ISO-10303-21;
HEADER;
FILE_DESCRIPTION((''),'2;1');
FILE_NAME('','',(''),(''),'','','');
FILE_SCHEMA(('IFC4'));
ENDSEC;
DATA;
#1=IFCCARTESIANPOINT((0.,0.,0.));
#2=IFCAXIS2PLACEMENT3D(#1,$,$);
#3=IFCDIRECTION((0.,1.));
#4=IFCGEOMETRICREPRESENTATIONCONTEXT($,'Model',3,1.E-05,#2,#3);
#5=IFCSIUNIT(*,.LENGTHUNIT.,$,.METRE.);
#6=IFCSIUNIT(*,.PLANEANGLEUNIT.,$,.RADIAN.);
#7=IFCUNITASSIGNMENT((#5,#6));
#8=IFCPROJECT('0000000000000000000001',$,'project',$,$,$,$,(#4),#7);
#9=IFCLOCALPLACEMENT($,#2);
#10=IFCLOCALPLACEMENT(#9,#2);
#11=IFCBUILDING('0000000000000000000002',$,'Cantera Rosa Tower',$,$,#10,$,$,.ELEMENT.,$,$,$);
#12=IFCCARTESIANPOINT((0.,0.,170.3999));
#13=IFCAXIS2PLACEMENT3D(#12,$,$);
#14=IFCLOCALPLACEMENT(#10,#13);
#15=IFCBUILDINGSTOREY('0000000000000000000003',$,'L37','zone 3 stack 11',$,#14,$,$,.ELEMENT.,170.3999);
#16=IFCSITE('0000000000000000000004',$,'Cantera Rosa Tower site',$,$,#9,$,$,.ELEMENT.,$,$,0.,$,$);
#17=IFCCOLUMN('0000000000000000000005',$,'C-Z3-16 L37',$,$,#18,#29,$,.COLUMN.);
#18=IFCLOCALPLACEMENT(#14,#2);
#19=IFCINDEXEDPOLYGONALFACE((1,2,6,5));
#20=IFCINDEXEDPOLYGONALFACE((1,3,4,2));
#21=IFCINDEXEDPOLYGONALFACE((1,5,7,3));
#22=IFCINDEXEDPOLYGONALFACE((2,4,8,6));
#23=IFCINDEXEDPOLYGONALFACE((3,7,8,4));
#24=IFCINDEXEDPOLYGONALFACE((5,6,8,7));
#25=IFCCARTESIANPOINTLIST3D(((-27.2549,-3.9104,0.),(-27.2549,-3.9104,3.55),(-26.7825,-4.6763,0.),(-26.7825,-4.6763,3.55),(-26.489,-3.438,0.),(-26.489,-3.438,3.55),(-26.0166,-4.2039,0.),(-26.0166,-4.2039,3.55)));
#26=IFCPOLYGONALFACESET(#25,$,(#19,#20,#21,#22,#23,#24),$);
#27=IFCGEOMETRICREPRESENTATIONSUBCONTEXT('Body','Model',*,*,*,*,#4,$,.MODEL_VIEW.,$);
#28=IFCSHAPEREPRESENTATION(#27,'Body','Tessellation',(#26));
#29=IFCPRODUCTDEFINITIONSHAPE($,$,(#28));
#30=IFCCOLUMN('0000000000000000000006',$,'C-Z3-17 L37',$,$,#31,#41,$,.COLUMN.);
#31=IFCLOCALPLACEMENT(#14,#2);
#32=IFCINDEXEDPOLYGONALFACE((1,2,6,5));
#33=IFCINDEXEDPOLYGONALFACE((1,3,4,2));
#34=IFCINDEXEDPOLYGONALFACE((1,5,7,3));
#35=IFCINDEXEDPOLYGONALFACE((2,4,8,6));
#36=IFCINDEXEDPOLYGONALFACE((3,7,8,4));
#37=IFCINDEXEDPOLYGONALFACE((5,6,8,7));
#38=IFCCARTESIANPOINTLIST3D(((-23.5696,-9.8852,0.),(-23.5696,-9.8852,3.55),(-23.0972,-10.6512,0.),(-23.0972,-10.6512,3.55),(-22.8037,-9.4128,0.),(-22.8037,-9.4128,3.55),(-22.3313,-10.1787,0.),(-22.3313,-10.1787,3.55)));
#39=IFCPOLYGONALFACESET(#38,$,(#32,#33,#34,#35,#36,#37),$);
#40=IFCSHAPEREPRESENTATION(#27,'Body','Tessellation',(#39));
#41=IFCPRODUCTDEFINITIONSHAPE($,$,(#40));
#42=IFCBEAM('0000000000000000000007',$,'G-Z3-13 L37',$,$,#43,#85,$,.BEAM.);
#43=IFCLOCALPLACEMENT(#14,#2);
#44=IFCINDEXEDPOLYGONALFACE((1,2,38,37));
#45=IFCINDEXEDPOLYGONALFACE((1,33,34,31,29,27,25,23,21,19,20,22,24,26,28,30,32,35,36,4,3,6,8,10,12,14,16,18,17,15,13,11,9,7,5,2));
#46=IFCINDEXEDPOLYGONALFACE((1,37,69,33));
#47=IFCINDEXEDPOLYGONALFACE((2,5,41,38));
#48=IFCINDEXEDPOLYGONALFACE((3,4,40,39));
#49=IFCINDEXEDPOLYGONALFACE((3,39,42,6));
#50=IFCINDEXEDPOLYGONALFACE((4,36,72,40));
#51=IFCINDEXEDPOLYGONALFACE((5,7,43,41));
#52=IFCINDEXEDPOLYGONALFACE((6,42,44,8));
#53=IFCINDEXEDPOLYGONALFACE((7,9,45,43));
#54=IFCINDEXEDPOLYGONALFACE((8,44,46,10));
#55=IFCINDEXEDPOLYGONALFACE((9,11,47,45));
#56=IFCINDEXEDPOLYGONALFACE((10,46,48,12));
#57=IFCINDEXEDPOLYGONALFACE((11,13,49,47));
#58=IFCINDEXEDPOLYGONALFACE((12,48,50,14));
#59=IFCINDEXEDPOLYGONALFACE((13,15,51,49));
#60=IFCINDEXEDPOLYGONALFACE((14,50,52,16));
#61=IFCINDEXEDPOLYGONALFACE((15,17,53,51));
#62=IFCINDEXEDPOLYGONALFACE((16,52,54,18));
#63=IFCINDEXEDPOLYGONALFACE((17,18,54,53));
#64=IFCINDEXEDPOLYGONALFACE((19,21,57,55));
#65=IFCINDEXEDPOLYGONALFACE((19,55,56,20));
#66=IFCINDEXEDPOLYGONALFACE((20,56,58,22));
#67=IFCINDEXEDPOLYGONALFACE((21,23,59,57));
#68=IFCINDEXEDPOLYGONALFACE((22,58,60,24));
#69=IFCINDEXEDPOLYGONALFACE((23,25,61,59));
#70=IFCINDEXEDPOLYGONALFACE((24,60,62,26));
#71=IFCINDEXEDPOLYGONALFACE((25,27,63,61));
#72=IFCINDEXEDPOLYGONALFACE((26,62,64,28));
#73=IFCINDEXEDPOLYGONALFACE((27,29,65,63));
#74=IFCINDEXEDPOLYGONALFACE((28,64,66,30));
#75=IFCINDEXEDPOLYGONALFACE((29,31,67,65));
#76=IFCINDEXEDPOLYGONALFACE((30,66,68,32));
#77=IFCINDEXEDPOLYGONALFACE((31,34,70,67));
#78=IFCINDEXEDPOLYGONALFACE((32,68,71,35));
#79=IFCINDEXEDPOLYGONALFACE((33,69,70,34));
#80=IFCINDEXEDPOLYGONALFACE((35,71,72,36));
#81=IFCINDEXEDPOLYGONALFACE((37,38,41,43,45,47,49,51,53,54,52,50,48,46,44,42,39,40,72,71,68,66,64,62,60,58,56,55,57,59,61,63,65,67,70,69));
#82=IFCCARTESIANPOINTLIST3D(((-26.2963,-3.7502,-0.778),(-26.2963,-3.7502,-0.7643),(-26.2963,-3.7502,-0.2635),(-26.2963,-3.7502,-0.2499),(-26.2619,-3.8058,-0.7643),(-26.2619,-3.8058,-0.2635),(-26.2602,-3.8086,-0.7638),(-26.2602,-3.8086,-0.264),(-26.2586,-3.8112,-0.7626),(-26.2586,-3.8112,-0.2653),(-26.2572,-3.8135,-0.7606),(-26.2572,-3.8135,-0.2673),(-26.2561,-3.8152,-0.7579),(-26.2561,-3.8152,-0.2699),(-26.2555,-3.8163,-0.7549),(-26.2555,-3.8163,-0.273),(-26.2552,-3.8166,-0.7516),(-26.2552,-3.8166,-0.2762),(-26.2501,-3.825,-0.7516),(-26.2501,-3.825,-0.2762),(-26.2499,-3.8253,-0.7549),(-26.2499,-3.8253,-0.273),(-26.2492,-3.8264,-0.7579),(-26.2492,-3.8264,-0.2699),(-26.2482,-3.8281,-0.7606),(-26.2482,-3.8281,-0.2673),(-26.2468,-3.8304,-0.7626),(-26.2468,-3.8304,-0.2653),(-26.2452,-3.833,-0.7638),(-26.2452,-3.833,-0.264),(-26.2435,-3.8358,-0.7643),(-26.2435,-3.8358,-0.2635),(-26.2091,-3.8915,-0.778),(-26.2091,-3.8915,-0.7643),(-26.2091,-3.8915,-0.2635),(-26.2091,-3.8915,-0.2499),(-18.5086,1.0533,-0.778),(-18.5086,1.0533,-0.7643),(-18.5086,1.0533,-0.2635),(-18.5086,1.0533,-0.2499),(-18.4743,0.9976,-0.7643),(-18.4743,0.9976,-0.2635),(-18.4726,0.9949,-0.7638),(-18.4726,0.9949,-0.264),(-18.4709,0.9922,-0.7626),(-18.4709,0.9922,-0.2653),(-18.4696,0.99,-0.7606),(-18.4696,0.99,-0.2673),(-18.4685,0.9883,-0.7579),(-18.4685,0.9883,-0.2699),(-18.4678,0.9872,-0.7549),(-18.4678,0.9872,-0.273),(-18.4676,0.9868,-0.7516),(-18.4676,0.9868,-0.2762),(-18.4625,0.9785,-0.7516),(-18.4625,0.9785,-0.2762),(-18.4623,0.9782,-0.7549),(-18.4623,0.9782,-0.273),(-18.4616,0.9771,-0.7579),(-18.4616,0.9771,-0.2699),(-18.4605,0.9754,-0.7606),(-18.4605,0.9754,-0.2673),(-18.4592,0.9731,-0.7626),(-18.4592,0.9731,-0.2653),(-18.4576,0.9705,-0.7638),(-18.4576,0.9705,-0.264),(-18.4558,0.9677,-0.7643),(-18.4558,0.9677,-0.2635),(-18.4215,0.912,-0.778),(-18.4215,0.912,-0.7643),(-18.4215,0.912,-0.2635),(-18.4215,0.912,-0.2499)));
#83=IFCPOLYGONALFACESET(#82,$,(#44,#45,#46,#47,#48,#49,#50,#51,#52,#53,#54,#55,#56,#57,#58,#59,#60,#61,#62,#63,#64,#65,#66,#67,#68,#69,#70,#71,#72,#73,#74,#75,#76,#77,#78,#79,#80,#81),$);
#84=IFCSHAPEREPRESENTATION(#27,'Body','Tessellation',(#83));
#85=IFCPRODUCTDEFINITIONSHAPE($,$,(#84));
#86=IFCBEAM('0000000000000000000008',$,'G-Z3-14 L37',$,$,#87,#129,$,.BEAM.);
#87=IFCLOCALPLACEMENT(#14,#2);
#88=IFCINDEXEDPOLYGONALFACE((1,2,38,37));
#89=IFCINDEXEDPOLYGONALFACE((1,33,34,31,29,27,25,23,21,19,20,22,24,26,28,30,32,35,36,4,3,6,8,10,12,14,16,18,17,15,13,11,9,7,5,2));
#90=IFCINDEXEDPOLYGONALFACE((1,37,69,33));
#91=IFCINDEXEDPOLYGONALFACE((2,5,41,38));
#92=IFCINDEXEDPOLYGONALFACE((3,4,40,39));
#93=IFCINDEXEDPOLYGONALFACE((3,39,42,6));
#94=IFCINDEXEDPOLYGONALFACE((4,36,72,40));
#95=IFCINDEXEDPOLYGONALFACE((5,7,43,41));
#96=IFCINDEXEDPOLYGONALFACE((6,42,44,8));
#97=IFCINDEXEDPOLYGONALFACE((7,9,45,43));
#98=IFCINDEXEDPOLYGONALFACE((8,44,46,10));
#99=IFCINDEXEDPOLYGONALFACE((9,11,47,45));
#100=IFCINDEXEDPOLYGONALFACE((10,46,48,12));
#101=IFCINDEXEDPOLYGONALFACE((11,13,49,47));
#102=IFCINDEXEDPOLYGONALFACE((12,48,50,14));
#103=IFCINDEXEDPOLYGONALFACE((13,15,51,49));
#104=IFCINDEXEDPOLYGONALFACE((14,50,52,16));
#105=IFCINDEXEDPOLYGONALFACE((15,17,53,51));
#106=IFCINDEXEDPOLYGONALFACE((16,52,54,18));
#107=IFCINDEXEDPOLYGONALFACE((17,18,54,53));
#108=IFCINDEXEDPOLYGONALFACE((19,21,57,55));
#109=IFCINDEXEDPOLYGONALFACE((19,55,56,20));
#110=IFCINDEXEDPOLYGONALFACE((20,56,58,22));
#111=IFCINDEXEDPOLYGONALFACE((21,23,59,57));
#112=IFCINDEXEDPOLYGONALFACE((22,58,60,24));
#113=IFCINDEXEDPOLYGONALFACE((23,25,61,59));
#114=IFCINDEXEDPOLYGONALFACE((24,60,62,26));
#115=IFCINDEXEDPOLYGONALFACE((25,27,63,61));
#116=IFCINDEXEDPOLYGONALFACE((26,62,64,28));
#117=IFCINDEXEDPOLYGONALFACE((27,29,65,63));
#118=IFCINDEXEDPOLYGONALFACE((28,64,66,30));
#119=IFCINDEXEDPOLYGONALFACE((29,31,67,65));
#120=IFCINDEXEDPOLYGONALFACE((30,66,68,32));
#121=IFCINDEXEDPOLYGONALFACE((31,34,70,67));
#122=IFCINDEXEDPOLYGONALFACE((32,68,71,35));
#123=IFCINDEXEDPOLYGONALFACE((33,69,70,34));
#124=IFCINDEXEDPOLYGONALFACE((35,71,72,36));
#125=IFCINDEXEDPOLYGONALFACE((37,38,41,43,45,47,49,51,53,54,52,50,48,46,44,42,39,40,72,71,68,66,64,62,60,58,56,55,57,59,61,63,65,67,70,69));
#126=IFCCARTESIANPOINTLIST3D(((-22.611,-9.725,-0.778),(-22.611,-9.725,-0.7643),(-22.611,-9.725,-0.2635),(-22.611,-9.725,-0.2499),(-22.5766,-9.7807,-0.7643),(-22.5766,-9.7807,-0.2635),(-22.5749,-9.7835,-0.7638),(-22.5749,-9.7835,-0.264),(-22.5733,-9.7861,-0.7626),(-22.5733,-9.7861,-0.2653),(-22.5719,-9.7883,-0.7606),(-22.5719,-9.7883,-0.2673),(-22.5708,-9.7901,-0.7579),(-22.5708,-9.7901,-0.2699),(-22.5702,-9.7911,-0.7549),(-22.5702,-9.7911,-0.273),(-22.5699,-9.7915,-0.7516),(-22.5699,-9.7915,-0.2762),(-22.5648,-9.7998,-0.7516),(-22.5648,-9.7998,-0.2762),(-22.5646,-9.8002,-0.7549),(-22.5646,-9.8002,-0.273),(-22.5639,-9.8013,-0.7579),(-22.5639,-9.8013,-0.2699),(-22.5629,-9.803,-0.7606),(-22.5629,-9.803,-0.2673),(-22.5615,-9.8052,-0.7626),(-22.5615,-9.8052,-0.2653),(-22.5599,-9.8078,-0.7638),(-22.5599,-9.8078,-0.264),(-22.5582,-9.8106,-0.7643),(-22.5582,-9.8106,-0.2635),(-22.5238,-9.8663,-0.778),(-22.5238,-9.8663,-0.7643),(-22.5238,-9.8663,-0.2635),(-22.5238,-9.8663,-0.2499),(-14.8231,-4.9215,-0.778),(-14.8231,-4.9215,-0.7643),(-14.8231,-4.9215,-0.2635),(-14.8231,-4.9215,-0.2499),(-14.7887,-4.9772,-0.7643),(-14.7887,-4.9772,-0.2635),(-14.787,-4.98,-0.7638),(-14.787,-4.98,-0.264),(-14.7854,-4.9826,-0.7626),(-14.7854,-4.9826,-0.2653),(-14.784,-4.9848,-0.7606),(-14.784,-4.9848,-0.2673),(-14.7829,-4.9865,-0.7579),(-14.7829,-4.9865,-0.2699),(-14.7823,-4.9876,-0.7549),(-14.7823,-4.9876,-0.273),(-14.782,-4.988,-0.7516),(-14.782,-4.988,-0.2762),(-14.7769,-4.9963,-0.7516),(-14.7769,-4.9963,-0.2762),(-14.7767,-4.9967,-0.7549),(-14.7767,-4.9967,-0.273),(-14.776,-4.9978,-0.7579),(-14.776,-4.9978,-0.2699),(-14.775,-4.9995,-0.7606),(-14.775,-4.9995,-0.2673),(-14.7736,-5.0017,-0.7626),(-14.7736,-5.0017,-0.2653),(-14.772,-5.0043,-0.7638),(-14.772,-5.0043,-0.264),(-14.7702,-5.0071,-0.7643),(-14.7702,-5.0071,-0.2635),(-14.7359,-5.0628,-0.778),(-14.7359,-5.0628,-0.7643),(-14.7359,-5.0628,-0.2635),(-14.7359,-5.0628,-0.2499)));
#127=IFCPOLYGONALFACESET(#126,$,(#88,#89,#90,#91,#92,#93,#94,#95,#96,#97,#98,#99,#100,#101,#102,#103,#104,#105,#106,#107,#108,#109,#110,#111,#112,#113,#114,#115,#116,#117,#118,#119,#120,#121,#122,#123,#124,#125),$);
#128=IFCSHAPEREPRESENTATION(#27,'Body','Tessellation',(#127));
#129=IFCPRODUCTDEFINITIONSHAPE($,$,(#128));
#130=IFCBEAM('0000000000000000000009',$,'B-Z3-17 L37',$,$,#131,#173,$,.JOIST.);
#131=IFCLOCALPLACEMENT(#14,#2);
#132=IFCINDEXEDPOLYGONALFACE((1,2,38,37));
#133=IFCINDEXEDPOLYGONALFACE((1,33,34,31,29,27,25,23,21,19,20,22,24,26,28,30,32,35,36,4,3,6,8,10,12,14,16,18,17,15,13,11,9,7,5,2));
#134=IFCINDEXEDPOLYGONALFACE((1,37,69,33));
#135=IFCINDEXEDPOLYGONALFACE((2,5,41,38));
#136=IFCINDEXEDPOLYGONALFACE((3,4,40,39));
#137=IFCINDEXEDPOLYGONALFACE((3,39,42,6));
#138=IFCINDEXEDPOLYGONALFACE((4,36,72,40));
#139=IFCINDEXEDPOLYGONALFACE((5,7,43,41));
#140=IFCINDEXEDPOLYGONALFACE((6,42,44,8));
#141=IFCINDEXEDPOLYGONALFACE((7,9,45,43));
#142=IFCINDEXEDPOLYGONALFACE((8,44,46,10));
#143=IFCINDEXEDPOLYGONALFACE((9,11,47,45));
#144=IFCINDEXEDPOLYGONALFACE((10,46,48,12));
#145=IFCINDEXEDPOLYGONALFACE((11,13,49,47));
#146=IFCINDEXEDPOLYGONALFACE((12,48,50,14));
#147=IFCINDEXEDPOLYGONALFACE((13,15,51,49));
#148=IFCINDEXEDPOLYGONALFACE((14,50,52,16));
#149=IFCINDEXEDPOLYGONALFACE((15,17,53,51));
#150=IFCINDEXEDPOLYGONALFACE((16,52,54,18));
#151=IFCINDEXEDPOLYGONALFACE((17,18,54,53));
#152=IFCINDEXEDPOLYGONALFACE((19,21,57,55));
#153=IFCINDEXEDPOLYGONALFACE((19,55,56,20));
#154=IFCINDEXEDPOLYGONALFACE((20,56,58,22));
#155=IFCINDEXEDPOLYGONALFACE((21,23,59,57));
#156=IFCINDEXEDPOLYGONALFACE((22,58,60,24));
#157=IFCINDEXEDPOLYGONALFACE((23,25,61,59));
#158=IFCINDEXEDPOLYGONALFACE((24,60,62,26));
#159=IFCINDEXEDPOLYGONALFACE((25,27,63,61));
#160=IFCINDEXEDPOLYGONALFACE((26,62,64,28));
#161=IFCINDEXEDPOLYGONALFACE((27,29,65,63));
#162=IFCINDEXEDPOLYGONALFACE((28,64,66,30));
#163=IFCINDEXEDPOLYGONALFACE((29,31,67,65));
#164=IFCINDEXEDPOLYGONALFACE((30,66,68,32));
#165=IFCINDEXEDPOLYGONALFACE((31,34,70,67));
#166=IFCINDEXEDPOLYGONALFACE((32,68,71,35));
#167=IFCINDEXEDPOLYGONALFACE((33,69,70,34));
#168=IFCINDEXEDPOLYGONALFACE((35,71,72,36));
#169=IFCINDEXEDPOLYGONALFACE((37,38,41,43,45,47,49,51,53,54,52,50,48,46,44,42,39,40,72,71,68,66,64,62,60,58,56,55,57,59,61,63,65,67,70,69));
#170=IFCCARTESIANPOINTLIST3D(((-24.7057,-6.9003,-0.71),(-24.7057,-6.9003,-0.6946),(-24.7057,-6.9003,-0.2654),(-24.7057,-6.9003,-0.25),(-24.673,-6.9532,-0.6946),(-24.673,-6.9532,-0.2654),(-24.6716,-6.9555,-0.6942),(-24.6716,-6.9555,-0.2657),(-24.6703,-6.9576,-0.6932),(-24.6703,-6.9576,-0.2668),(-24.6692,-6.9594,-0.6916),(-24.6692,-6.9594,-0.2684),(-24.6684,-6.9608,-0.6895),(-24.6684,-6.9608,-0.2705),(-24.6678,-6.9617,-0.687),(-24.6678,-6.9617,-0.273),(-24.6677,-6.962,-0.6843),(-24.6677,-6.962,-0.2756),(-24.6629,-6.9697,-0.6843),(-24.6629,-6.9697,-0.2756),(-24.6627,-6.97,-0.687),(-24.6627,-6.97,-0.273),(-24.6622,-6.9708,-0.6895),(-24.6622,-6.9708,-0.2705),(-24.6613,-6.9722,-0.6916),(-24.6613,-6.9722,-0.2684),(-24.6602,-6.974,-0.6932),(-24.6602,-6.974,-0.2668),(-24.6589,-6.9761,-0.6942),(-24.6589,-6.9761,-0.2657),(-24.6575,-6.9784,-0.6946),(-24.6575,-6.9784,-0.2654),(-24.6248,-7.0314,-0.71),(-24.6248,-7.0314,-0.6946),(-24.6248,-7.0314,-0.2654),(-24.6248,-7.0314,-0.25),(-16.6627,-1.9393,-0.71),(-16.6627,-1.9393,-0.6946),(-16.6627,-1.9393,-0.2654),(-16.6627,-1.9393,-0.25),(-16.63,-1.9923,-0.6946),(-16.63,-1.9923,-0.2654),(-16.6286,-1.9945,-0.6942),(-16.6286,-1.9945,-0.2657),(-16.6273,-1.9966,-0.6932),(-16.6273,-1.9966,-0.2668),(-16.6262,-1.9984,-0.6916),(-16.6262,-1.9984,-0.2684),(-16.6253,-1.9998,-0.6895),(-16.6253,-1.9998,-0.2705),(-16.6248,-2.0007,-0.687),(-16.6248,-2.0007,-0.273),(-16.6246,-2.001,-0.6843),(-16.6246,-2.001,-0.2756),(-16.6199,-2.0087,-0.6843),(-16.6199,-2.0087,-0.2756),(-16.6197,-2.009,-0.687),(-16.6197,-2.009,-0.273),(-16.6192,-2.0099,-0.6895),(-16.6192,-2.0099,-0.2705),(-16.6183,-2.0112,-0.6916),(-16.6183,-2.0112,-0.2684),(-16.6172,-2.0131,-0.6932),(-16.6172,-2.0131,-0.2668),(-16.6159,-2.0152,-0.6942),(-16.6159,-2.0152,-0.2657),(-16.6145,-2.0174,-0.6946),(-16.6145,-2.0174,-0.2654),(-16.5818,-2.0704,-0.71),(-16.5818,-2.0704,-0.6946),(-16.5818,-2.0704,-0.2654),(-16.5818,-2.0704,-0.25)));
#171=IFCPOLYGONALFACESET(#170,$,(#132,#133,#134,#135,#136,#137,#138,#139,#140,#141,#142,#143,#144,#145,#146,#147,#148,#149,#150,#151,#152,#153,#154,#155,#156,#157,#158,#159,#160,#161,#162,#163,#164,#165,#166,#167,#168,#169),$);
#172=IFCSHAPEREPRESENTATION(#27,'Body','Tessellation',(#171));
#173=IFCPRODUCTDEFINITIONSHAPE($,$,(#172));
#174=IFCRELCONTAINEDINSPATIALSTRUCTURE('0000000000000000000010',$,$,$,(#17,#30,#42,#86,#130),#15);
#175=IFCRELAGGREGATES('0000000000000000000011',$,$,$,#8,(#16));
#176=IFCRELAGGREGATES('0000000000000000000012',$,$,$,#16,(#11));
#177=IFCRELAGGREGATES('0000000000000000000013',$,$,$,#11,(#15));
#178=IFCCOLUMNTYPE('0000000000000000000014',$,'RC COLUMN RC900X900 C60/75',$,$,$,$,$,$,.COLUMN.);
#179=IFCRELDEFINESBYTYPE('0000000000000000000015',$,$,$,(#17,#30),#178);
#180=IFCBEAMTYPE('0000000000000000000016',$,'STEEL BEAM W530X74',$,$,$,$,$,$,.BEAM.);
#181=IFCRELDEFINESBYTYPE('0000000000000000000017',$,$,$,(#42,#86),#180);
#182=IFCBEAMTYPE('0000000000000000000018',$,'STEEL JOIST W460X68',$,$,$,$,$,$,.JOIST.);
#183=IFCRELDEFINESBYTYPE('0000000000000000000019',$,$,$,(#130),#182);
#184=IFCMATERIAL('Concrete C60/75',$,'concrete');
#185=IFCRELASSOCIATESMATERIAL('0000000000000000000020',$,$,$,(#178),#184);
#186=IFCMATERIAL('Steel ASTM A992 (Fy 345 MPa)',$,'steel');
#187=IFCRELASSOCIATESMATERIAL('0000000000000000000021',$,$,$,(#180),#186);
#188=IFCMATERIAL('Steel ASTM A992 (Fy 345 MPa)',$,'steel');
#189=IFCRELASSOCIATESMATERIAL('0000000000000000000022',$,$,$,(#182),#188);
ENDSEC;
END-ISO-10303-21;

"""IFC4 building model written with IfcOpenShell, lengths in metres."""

from ifc_helpers import new_model, si_unit, direction, frame, origin, origin_2d, place, context, subcontext, project, spatial, rectangle, i_section, extrude, material, material_profile, profile_set, type_object, element, save


model = new_model("IFC4")

# Units and contexts
model_context = context("Model", 3, precision=1e-05, world=origin(), true_north=direction((0.0, 1.0)))
body_context = subcontext(model_context, "Body", "Model", "MODEL_VIEW")
ifc_project = project(units=[si_unit("LENGTHUNIT", "METRE"), si_unit("PLANEANGLEUNIT", "RADIAN")], contexts=[model_context])

# Site, building, storey
site_placement = place(None, origin())
site = spatial("IfcSite", under=ifc_project, at=site_placement, Name="Cantera Rosa Tower site", CompositionType="ELEMENT", RefElevation=0.0)
building_placement = place(site_placement, origin())
building = spatial("IfcBuilding", under=site, at=building_placement, Name="Cantera Rosa Tower", CompositionType="ELEMENT")
storey_placement = place(building_placement, frame((0.0, 0.0, 170.3999)))
storey = spatial("IfcBuildingStorey", under=building, at=storey_placement, Name="L37", Description="zone 3 stack 11", CompositionType="ELEMENT", Elevation=170.3999)

# Columns
ifc_material_1 = material(Name="Concrete C60/75", Category="concrete")
ifc_material_profile_1 = material_profile(ifc_material_1, rectangle(XDim=0.8999, YDim=0.8999, at=origin_2d()), Name="RC COLUMN RC900X900 C60/75")
ifc_profile_set_1 = profile_set([ifc_material_profile_1], Name="Concrete C60/75")
column_type = type_object("IfcColumnType", Name="RC COLUMN RC900X900 C60/75", PredefinedType="COLUMN", material=ifc_profile_set_1)
for number, where, z_axis, x_axis, name in (
    (1, (-26.6357, -4.0571, 0.0), (0.0, 0.0, 1.0), (0.851117, 0.524977, 0.0), "C-Z3-16 L37"),
    (2, (-22.9504, -10.032, 0.0), (0.0, 0.0, 1.0), (0.851117, 0.524977, 0.0), "C-Z3-17 L37"),
):
    element("IfcColumn", number, at=place(storey_placement, frame(where, z_axis=z_axis, x_axis=x_axis)), inside=storey, type_object=column_type, Name=name, PredefinedType="COLUMN", context=body_context, shape_type="SweptSolid", body=[
        extrude(rectangle(XDim=0.8999, YDim=0.8999, at=origin_2d()), origin(), (0.0, 0.0, 1.0), 3.55),
    ])

# Beams
ifc_material_2 = material(Name="Steel ASTM A992 (Fy 345 MPa)", Category="steel")
ifc_material_profile_2 = material_profile(ifc_material_2, i_section(OverallWidth=0.166, OverallDepth=0.5281, WebThickness=0.0098, FlangeThickness=0.0137, FilletRadius=0.0127, at=origin_2d()), Name="W530X74")
ifc_profile_set_2 = profile_set([ifc_material_profile_2], Name="Steel ASTM A992 (Fy 345 MPa)")
beam_type_1 = type_object("IfcBeamType", Name="STEEL BEAM W530X74", PredefinedType="BEAM", material=ifc_profile_set_2)
beam_1_placement = place(storey_placement, frame((-26.2527, -3.8208, -0.5139), z_axis=(0.851116, 0.524977, 0.0), x_axis=(-0.524977, 0.851116, 0.0)))
element("IfcBeam", 3, at=beam_1_placement, inside=storey, type_object=beam_type_1, Name="G-Z3-13 L37", PredefinedType="BEAM", context=body_context, shape_type="SweptSolid", body=[
    extrude(i_section(OverallWidth=0.166, OverallDepth=0.5281, WebThickness=0.0098, FlangeThickness=0.0137, FilletRadius=0.0127, at=origin_2d()), origin(), (0.0, 0.0, 1.0), 9.1499),
])
beam_2_placement = place(storey_placement, frame((-22.5674, -9.7957, -0.5139), z_axis=(0.851124, 0.524965, 0.0), x_axis=(-0.524965, 0.851124, 0.0)))
element("IfcBeam", 4, at=beam_2_placement, inside=storey, type_object=beam_type_1, Name="G-Z3-14 L37", PredefinedType="BEAM", context=body_context, shape_type="SweptSolid", body=[
    extrude(i_section(OverallWidth=0.166, OverallDepth=0.5281, WebThickness=0.0098, FlangeThickness=0.0137, FilletRadius=0.0127, at=origin_2d()), origin(), (0.0, 0.0, 1.0), 9.1501),
])
ifc_material_3 = material(Name="Steel ASTM A992 (Fy 345 MPa)", Category="steel")
ifc_material_profile_3 = material_profile(ifc_material_3, i_section(OverallWidth=0.1541, OverallDepth=0.46, WebThickness=0.009, FlangeThickness=0.0154, FilletRadius=0.0103, at=origin_2d()), Name="W460X68")
ifc_profile_set_3 = profile_set([ifc_material_profile_3], Name="Steel ASTM A992 (Fy 345 MPa)")
beam_type_2 = type_object("IfcBeamType", Name="STEEL JOIST W460X68", PredefinedType="JOIST", material=ifc_profile_set_3)
for number, where, z_axis, x_axis, name in (
    (5, (-24.6653, -6.9658, -0.48), (0.851119, 0.524974, 0.0), (-0.524974, 0.851119, 0.0), "B-Z3-17 L37"),
):
    element("IfcBeam", number, at=place(storey_placement, frame(where, z_axis=z_axis, x_axis=x_axis)), inside=storey, type_object=beam_type_2, Name=name, PredefinedType="JOIST", context=body_context, shape_type="SweptSolid", body=[
        extrude(i_section(OverallWidth=0.1541, OverallDepth=0.46, WebThickness=0.009, FlangeThickness=0.0154, FilletRadius=0.0103, at=origin_2d()), origin(), (0.0, 0.0, 1.0), 9.45),
    ])

save(model, "model.ifc")
